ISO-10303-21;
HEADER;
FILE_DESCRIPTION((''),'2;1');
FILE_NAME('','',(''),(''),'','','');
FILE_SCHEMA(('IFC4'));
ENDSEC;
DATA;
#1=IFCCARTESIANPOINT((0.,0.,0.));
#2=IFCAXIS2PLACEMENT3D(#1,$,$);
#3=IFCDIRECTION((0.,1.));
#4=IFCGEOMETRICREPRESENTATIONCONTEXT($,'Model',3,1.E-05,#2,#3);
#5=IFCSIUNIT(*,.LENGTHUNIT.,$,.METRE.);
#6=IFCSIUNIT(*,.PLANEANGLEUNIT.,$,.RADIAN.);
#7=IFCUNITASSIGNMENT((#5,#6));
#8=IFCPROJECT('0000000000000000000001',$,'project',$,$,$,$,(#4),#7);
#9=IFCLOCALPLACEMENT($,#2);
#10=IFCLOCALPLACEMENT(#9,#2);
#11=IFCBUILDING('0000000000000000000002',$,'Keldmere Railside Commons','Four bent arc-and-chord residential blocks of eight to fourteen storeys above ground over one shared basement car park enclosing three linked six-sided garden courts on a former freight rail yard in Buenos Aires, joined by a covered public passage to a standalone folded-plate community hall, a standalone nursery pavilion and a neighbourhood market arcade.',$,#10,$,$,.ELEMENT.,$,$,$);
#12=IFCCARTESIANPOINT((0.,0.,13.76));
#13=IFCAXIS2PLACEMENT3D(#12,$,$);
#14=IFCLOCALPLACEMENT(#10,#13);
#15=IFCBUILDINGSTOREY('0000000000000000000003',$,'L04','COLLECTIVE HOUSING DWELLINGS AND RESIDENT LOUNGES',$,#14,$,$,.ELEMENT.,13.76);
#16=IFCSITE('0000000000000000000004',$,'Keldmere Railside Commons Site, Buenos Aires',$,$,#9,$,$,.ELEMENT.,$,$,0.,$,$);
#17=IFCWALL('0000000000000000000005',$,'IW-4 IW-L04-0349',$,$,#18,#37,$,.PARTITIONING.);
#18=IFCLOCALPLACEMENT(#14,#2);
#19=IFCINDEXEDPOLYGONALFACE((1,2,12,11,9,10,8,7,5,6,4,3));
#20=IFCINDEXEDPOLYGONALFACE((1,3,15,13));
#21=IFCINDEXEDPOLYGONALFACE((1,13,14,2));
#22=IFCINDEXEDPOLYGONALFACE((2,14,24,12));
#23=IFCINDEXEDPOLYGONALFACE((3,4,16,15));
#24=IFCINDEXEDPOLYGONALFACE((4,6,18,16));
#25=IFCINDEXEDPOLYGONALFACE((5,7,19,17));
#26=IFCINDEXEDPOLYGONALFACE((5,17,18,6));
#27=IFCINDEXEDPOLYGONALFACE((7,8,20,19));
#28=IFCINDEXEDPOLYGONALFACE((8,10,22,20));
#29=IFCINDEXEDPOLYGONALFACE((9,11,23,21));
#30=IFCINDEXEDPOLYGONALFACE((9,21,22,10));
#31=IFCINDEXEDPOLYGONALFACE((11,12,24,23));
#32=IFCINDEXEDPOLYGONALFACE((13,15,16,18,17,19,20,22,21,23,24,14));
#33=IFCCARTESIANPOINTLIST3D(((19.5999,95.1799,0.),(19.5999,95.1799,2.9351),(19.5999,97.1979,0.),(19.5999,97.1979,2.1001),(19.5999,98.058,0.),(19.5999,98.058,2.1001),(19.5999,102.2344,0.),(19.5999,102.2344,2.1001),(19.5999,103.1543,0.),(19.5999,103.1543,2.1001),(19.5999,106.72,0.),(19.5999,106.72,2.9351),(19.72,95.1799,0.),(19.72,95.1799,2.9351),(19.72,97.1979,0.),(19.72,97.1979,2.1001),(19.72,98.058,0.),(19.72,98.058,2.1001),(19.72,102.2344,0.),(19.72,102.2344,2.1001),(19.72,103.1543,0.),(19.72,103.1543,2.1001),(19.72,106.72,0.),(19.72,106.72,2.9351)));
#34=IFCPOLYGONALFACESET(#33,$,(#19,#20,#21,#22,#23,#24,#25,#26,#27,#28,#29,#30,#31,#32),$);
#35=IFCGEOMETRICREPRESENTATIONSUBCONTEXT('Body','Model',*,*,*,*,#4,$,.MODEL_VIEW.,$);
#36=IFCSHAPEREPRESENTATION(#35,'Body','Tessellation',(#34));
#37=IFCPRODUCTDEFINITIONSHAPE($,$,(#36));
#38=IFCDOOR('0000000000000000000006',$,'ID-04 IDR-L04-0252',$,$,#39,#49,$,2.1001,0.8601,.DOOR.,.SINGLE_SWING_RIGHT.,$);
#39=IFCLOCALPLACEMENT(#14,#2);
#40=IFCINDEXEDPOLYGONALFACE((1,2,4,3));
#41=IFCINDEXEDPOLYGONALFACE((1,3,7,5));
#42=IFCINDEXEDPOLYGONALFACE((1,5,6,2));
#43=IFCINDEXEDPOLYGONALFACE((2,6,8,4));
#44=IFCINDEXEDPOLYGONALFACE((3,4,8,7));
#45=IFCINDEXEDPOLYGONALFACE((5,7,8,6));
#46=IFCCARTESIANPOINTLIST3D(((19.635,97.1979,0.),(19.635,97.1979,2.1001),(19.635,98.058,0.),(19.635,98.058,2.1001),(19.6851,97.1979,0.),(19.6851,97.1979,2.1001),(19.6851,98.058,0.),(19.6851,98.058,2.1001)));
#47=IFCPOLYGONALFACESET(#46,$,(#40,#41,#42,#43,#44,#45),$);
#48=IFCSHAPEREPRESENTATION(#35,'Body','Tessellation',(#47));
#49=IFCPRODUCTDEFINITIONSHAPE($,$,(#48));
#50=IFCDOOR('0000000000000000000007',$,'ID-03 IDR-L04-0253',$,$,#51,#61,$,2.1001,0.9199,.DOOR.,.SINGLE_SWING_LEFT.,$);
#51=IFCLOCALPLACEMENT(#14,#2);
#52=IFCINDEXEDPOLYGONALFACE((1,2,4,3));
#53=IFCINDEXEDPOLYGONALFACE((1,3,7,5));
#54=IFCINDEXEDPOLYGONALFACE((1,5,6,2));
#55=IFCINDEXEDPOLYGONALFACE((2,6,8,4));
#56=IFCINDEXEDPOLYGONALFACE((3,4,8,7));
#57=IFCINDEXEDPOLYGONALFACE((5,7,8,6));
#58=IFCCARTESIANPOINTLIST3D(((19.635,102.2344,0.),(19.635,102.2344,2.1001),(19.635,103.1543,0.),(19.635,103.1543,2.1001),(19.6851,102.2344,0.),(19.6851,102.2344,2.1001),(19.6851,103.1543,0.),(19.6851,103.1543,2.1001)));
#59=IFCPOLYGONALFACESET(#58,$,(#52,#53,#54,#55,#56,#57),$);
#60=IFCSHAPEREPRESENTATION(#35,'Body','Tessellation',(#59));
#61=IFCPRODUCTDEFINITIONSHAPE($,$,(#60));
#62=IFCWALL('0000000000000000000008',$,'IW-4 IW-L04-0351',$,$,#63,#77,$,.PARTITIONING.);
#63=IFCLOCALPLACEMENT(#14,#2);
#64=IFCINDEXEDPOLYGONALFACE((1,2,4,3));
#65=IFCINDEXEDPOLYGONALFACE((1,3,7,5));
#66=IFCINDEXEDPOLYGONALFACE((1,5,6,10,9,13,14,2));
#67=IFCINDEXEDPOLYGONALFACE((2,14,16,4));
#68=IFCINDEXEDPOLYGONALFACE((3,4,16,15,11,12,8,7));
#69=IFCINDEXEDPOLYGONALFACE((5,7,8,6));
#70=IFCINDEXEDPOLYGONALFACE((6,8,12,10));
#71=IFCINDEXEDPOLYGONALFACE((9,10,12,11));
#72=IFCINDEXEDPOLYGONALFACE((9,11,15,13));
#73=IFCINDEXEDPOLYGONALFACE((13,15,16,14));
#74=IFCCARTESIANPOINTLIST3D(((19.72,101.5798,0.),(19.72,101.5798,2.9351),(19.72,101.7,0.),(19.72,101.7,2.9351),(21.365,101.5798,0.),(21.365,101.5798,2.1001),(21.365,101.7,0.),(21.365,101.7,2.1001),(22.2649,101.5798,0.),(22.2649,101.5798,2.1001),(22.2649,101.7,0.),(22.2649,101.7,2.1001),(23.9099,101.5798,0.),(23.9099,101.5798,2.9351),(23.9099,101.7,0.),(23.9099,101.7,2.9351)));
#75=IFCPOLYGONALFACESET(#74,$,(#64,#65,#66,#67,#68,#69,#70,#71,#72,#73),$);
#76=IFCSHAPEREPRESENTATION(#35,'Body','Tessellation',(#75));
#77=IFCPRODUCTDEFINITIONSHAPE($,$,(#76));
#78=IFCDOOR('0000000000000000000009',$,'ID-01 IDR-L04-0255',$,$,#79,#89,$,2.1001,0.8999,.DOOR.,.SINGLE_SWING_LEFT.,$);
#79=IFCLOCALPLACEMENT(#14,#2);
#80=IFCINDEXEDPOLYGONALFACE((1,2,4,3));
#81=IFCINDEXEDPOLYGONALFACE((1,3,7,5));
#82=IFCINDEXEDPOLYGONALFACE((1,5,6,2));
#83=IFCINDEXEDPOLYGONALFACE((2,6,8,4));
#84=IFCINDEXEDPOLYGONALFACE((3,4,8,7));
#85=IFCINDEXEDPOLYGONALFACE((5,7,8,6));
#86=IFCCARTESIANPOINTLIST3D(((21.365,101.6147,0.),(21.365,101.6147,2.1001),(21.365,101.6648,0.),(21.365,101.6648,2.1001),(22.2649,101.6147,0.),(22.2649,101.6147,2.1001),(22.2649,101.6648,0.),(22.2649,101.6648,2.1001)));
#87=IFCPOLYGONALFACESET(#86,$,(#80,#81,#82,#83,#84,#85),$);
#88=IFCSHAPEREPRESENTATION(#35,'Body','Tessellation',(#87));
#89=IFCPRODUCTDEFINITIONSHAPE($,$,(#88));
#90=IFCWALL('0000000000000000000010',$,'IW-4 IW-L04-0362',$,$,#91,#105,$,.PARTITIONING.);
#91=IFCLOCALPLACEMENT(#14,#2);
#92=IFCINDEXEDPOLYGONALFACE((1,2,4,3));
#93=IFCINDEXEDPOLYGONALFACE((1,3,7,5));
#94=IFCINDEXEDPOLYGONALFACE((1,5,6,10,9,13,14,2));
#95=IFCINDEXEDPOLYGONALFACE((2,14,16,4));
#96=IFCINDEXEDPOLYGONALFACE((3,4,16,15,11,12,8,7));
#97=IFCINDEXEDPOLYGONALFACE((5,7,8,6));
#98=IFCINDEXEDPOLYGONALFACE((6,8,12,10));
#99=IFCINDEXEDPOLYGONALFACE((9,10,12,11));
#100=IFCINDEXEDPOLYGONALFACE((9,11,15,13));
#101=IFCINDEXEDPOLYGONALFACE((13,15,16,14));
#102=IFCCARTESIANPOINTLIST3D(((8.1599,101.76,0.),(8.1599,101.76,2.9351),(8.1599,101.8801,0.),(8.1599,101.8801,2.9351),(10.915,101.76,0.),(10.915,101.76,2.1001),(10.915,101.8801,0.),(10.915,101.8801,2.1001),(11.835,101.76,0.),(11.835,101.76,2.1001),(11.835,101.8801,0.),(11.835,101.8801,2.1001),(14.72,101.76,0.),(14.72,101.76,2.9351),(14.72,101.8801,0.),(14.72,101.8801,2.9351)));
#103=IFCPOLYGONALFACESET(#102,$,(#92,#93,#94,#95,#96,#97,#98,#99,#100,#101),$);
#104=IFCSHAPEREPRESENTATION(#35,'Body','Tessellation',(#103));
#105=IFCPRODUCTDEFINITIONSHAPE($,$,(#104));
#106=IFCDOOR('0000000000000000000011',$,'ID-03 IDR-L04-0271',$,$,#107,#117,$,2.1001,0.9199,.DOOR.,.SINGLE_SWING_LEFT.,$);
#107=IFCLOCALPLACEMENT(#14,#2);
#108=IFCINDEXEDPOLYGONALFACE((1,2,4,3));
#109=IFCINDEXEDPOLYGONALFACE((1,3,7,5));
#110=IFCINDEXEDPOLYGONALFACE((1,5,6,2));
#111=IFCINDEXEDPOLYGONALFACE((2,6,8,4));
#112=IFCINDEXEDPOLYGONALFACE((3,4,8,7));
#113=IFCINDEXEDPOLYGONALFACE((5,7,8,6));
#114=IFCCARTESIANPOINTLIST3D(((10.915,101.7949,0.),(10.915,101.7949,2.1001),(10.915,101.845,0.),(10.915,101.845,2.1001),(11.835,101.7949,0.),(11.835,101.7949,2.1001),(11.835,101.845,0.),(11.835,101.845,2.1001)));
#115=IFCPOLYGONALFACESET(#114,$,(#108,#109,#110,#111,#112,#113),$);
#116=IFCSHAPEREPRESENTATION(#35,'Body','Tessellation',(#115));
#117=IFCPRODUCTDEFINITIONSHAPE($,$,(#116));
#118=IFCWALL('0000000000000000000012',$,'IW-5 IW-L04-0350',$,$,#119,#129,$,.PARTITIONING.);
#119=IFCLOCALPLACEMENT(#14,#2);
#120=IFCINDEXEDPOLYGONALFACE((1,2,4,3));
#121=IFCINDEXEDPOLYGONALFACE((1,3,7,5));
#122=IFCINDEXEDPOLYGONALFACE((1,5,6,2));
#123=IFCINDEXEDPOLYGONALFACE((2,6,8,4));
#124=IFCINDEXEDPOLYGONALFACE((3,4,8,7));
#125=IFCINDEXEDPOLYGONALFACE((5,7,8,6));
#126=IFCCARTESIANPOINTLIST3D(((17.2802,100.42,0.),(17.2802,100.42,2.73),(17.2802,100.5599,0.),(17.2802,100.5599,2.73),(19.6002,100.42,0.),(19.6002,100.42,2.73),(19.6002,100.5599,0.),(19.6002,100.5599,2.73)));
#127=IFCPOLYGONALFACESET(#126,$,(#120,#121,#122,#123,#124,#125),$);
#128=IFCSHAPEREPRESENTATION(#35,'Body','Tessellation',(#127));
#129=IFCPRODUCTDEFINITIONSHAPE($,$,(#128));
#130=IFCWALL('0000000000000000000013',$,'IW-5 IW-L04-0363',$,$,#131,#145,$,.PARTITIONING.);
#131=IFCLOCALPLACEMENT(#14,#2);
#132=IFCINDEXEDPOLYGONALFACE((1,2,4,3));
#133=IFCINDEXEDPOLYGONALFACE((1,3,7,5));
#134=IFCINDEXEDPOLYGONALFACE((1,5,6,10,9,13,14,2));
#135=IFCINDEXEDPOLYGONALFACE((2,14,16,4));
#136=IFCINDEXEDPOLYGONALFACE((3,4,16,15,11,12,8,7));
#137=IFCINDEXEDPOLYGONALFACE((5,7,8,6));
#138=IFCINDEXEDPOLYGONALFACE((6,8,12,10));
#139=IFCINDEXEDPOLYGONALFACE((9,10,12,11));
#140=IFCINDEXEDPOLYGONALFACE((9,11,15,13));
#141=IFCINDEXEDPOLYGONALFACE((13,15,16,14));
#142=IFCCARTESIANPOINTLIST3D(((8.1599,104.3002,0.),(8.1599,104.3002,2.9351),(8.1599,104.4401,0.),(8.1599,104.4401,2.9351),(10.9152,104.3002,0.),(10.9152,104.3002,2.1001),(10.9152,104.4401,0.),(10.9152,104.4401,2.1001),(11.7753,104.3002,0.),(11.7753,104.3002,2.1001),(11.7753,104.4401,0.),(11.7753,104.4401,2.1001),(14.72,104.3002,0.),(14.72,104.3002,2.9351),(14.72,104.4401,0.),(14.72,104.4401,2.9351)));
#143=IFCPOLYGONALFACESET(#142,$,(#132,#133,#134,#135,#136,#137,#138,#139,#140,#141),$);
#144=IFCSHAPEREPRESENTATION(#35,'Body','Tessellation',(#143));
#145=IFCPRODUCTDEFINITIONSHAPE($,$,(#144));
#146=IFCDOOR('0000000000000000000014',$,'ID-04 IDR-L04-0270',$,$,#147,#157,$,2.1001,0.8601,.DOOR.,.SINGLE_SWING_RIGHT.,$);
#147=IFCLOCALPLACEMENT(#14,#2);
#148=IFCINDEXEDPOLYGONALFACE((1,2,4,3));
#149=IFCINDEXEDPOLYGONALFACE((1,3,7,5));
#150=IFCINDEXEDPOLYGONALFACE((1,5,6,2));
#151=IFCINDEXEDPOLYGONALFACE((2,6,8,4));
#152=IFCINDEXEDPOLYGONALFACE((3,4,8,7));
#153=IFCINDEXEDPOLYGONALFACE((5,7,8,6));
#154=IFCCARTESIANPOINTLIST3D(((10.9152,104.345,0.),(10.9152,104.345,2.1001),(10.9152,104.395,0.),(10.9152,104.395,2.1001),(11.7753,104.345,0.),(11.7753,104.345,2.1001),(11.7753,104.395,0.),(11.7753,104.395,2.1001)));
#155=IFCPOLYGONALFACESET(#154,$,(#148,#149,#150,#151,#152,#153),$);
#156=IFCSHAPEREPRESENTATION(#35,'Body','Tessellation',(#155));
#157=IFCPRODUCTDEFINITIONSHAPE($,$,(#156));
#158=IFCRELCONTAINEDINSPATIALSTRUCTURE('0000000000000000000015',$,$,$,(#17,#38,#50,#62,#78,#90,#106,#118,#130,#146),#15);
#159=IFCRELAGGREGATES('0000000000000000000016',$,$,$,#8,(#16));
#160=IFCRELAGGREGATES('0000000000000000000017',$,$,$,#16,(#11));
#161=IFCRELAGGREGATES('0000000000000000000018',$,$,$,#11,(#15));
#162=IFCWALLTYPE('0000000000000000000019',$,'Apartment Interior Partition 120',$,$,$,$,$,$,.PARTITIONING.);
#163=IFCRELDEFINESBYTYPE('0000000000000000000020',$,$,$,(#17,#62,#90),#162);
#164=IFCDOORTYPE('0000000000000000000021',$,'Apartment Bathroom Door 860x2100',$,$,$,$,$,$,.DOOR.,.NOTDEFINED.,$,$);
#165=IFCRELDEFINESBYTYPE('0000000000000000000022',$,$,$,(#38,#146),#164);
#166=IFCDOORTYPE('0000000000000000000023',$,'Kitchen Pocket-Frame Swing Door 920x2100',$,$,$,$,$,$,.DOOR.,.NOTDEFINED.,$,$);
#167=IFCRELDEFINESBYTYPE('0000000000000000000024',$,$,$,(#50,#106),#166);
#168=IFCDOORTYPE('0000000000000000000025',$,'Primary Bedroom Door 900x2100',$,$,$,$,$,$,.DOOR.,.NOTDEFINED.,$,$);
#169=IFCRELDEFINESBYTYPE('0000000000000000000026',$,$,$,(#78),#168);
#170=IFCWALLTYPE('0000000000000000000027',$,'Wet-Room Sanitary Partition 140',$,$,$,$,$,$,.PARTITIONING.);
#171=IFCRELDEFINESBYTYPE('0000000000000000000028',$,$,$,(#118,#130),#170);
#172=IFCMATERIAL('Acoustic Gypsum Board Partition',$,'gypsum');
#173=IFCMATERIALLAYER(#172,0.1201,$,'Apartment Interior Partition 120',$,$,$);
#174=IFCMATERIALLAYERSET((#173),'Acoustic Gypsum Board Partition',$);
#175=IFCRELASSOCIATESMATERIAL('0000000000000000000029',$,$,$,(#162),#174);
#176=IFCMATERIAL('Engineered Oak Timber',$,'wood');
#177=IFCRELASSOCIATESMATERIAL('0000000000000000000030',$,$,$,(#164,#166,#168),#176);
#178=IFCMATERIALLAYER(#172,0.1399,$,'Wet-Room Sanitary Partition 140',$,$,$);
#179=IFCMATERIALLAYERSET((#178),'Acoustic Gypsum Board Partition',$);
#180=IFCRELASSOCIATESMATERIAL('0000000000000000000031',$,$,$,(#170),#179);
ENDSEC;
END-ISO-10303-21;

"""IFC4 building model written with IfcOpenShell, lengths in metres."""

from ifc_helpers import new_model, si_unit, direction, frame, frame_2d, origin, place, context, subcontext, project, spatial, rectangle, extrude, material, layer, layer_set, type_object, element, fill, save


model = new_model("IFC4")

# Units and contexts
model_context = context("Model", 3, precision=1e-05, world=origin(), true_north=direction((0.0, 1.0)))
body_context = subcontext(model_context, "Body", "Model", "MODEL_VIEW")
ifc_project = project(units=[si_unit("LENGTHUNIT", "METRE"), si_unit("PLANEANGLEUNIT", "RADIAN")], contexts=[model_context])

# Site, building, storey
site_placement = place(None, origin())
site = spatial("IfcSite", under=ifc_project, at=site_placement, Name="Keldmere Railside Commons Site, Buenos Aires", CompositionType="ELEMENT", RefElevation=0.0)
building_placement = place(site_placement, origin())
building = spatial("IfcBuilding", under=site, at=building_placement, Name="Keldmere Railside Commons", Description="Four bent arc-and-chord residential blocks of eight to fourteen storeys above ground over one shared basement car park enclosing three linked six-sided garden courts on a former freight rail yard in Buenos Aires, joined by a covered public passage to a standalone folded-plate community hall, a standalone nursery pavilion and a neighbourhood market arcade.", CompositionType="ELEMENT")
storey_placement = place(building_placement, frame((0.0, 0.0, 13.76)))
storey = spatial("IfcBuildingStorey", under=building, at=storey_placement, Name="L04", Description="COLLECTIVE HOUSING DWELLINGS AND RESIDENT LOUNGES", CompositionType="ELEMENT", Elevation=13.76)

# Shared definitions
ifc_material_1 = material(Name="Acoustic Gypsum Board Partition", Category="gypsum")

# Wall, openings, doors
ifc_layer_1 = layer(ifc_material_1, 0.1201, Name="Apartment Interior Partition 120")
ifc_layer_set_1 = layer_set([ifc_layer_1], Name="Acoustic Gypsum Board Partition")
wall_type_1 = type_object("IfcWallType", Name="Apartment Interior Partition 120", PredefinedType="PARTITIONING", material=ifc_layer_set_1)
wall_1_placement = place(storey_placement, frame((19.6599, 95.1799, 0.0), z_axis=(0.0, 0.0, 1.0), x_axis=(0.0, 1.0, 0.0)))
wall_1 = element("IfcWall", 1, at=wall_1_placement, inside=storey, type_object=wall_type_1, Name="IW-4 IW-L04-0349", PredefinedType="PARTITIONING", context=body_context, shape_type="SweptSolid", body=[
    extrude(rectangle(XDim=11.54, YDim=0.1201, at=frame_2d((5.77, 0.0))), origin(), (0.0, 0.0, 1.0), 2.9351),
])
opening_1_placement = place(wall_1_placement, frame((2.0178, 0.0, 0.0)))
opening_1 = element("IfcOpeningElement", 2, at=opening_1_placement, cuts=wall_1, PredefinedType="OPENING", context=body_context, shape_type="SweptSolid", body=[
    extrude(rectangle(XDim=0.8601, YDim=2.1001, at=frame_2d((0.4302, 1.05))), frame((0.0, 0.0701, 0.0), z_axis=(0.0, -1.0, 0.0), x_axis=(1.0, 0.0, 0.0)), (0.0, 0.0, 1.0), 0.1401),
])
opening_2_placement = place(wall_1_placement, frame((7.0544, 0.0, 0.0)))
opening_2 = element("IfcOpeningElement", 3, at=opening_2_placement, cuts=wall_1, PredefinedType="OPENING", context=body_context, shape_type="SweptSolid", body=[
    extrude(rectangle(XDim=0.9199, YDim=2.1001, at=frame_2d((0.46, 1.05))), frame((0.0, 0.0701, 0.0), z_axis=(0.0, -1.0, 0.0), x_axis=(1.0, 0.0, 0.0)), (0.0, 0.0, 1.0), 0.1401),
])
ifc_material_2 = material(Name="Engineered Oak Timber", Category="wood")
door_type_1 = type_object("IfcDoorType", Name="Apartment Bathroom Door 860x2100", OperationType="NOTDEFINED", PredefinedType="DOOR", material=ifc_material_2)
door_1_placement = place(opening_1_placement, origin())
door_1 = element("IfcDoor", 4, at=door_1_placement, inside=storey, type_object=door_type_1, Name="ID-04 IDR-L04-0252", OperationType="SINGLE_SWING_RIGHT", OverallHeight=2.1001, OverallWidth=0.8601, PredefinedType="DOOR", context=body_context, shape_type="SweptSolid", body=[
    extrude(rectangle(XDim=0.8601, YDim=2.1001, at=frame_2d((0.4302, 1.05))), frame((0.0, 0.0249, 0.0), z_axis=(0.0, -1.0, 0.0), x_axis=(1.0, 0.0, 0.0)), (0.0, 0.0, 1.0), 0.05),
])
fill(opening_1, door_1)
door_type_2 = type_object("IfcDoorType", Name="Kitchen Pocket-Frame Swing Door 920x2100", OperationType="NOTDEFINED", PredefinedType="DOOR", material=ifc_material_2)
door_2_placement = place(opening_2_placement, origin())
door_2 = element("IfcDoor", 5, at=door_2_placement, inside=storey, type_object=door_type_2, Name="ID-03 IDR-L04-0253", OperationType="SINGLE_SWING_LEFT", OverallHeight=2.1001, OverallWidth=0.9199, PredefinedType="DOOR", context=body_context, shape_type="SweptSolid", body=[
    extrude(rectangle(XDim=0.9199, YDim=2.1001, at=frame_2d((0.46, 1.05))), frame((0.0, 0.0249, 0.0), z_axis=(0.0, -1.0, 0.0), x_axis=(1.0, 0.0, 0.0)), (0.0, 0.0, 1.0), 0.05),
])
fill(opening_2, door_2)

# Walls, openings, doors
wall_2_placement = place(storey_placement, frame((19.72, 101.6399, 0.0), z_axis=(0.0, 0.0, 1.0), x_axis=(1.0, 0.0, 0.0)))
wall_2 = element("IfcWall", 6, at=wall_2_placement, inside=storey, type_object=wall_type_1, Name="IW-4 IW-L04-0351", PredefinedType="PARTITIONING", context=body_context, shape_type="SweptSolid", body=[
    extrude(rectangle(XDim=4.1899, YDim=0.1201, at=frame_2d((2.095, 0.0))), origin(), (0.0, 0.0, 1.0), 2.9351),
])
opening_3_placement = place(wall_2_placement, frame((1.645, 0.0, 0.0)))
opening_3 = element("IfcOpeningElement", 7, at=opening_3_placement, cuts=wall_2, PredefinedType="OPENING", context=body_context, shape_type="SweptSolid", body=[
    extrude(rectangle(XDim=0.8999, YDim=2.1001, at=frame_2d((0.45, 1.05))), frame((0.0, 0.0701, 0.0), z_axis=(0.0, -1.0, 0.0), x_axis=(1.0, 0.0, 0.0)), (0.0, 0.0, 1.0), 0.1401),
])
door_type_3 = type_object("IfcDoorType", Name="Primary Bedroom Door 900x2100", OperationType="NOTDEFINED", PredefinedType="DOOR", material=ifc_material_2)
door_3_placement = place(opening_3_placement, origin())
door_3 = element("IfcDoor", 8, at=door_3_placement, inside=storey, type_object=door_type_3, Name="ID-01 IDR-L04-0255", OperationType="SINGLE_SWING_LEFT", OverallHeight=2.1001, OverallWidth=0.8999, PredefinedType="DOOR", context=body_context, shape_type="SweptSolid", body=[
    extrude(rectangle(XDim=0.8999, YDim=2.1001, at=frame_2d((0.45, 1.05))), frame((0.0, 0.0249, 0.0), z_axis=(0.0, -1.0, 0.0), x_axis=(1.0, 0.0, 0.0)), (0.0, 0.0, 1.0), 0.05),
])
fill(opening_3, door_3)
wall_3_placement = place(storey_placement, frame((8.1599, 101.8201, 0.0), z_axis=(0.0, 0.0, 1.0), x_axis=(1.0, 0.0, 0.0)))
wall_3 = element("IfcWall", 9, at=wall_3_placement, inside=storey, type_object=wall_type_1, Name="IW-4 IW-L04-0362", PredefinedType="PARTITIONING", context=body_context, shape_type="SweptSolid", body=[
    extrude(rectangle(XDim=6.5601, YDim=0.1201, at=frame_2d((3.28, 0.0))), origin(), (0.0, 0.0, 1.0), 2.9351),
])
opening_4_placement = place(wall_3_placement, frame((2.7551, 0.0, 0.0)))
opening_4 = element("IfcOpeningElement", 10, at=opening_4_placement, cuts=wall_3, PredefinedType="OPENING", context=body_context, shape_type="SweptSolid", body=[
    extrude(rectangle(XDim=0.9199, YDim=2.1001, at=frame_2d((0.46, 1.05))), frame((0.0, 0.0701, 0.0), z_axis=(0.0, -1.0, 0.0), x_axis=(1.0, 0.0, 0.0)), (0.0, 0.0, 1.0), 0.1401),
])
door_4_placement = place(opening_4_placement, origin())
door_4 = element("IfcDoor", 11, at=door_4_placement, inside=storey, type_object=door_type_2, Name="ID-03 IDR-L04-0271", OperationType="SINGLE_SWING_LEFT", OverallHeight=2.1001, OverallWidth=0.9199, PredefinedType="DOOR", context=body_context, shape_type="SweptSolid", body=[
    extrude(rectangle(XDim=0.9199, YDim=2.1001, at=frame_2d((0.46, 1.05))), frame((0.0, 0.0249, 0.0), z_axis=(0.0, -1.0, 0.0), x_axis=(1.0, 0.0, 0.0)), (0.0, 0.0, 1.0), 0.05),
])
fill(opening_4, door_4)

# Wall
ifc_layer_2 = layer(ifc_material_1, 0.1399, Name="Wet-Room Sanitary Partition 140")
ifc_layer_set_2 = layer_set([ifc_layer_2], Name="Acoustic Gypsum Board Partition")
wall_type_2 = type_object("IfcWallType", Name="Wet-Room Sanitary Partition 140", PredefinedType="PARTITIONING", material=ifc_layer_set_2)
wall_4_placement = place(storey_placement, frame((17.28, 100.49, 0.0), z_axis=(0.0, 0.0, 1.0), x_axis=(1.0, 0.0, 0.0)))
element("IfcWall", 12, at=wall_4_placement, inside=storey, type_object=wall_type_2, Name="IW-5 IW-L04-0350", PredefinedType="PARTITIONING", context=body_context, shape_type="SweptSolid", body=[
    extrude(rectangle(XDim=2.3201, YDim=0.1399, at=frame_2d((1.1602, 0.0))), origin(), (0.0, 0.0, 1.0), 2.73),
])

# Wall, opening, door
wall_5_placement = place(storey_placement, frame((8.1599, 104.3701, 0.0), z_axis=(0.0, 0.0, 1.0), x_axis=(1.0, 0.0, 0.0)))
wall_5 = element("IfcWall", 13, at=wall_5_placement, inside=storey, type_object=wall_type_2, Name="IW-5 IW-L04-0363", PredefinedType="PARTITIONING", context=body_context, shape_type="SweptSolid", body=[
    extrude(rectangle(XDim=6.5601, YDim=0.1399, at=frame_2d((3.28, 0.0))), origin(), (0.0, 0.0, 1.0), 2.9351),
])
opening_5_placement = place(wall_5_placement, frame((2.7551, 0.0, 0.0)))
opening_5 = element("IfcOpeningElement", 14, at=opening_5_placement, cuts=wall_5, PredefinedType="OPENING", context=body_context, shape_type="SweptSolid", body=[
    extrude(rectangle(XDim=0.8601, YDim=2.1001, at=frame_2d((0.4302, 1.05))), frame((0.0, 0.0798, 0.0), z_axis=(0.0, -1.0, 0.0), x_axis=(1.0, 0.0, 0.0)), (0.0, 0.0, 1.0), 0.1599),
])
door_5_placement = place(opening_5_placement, origin())
door_5 = element("IfcDoor", 15, at=door_5_placement, inside=storey, type_object=door_type_1, Name="ID-04 IDR-L04-0270", OperationType="SINGLE_SWING_RIGHT", OverallHeight=2.1001, OverallWidth=0.8601, PredefinedType="DOOR", context=body_context, shape_type="SweptSolid", body=[
    extrude(rectangle(XDim=0.8601, YDim=2.1001, at=frame_2d((0.4302, 1.05))), frame((0.0, 0.0249, 0.0), z_axis=(0.0, -1.0, 0.0), x_axis=(1.0, 0.0, 0.0)), (0.0, 0.0, 1.0), 0.05),
])
fill(opening_5, door_5)

save(model, "model.ifc")
